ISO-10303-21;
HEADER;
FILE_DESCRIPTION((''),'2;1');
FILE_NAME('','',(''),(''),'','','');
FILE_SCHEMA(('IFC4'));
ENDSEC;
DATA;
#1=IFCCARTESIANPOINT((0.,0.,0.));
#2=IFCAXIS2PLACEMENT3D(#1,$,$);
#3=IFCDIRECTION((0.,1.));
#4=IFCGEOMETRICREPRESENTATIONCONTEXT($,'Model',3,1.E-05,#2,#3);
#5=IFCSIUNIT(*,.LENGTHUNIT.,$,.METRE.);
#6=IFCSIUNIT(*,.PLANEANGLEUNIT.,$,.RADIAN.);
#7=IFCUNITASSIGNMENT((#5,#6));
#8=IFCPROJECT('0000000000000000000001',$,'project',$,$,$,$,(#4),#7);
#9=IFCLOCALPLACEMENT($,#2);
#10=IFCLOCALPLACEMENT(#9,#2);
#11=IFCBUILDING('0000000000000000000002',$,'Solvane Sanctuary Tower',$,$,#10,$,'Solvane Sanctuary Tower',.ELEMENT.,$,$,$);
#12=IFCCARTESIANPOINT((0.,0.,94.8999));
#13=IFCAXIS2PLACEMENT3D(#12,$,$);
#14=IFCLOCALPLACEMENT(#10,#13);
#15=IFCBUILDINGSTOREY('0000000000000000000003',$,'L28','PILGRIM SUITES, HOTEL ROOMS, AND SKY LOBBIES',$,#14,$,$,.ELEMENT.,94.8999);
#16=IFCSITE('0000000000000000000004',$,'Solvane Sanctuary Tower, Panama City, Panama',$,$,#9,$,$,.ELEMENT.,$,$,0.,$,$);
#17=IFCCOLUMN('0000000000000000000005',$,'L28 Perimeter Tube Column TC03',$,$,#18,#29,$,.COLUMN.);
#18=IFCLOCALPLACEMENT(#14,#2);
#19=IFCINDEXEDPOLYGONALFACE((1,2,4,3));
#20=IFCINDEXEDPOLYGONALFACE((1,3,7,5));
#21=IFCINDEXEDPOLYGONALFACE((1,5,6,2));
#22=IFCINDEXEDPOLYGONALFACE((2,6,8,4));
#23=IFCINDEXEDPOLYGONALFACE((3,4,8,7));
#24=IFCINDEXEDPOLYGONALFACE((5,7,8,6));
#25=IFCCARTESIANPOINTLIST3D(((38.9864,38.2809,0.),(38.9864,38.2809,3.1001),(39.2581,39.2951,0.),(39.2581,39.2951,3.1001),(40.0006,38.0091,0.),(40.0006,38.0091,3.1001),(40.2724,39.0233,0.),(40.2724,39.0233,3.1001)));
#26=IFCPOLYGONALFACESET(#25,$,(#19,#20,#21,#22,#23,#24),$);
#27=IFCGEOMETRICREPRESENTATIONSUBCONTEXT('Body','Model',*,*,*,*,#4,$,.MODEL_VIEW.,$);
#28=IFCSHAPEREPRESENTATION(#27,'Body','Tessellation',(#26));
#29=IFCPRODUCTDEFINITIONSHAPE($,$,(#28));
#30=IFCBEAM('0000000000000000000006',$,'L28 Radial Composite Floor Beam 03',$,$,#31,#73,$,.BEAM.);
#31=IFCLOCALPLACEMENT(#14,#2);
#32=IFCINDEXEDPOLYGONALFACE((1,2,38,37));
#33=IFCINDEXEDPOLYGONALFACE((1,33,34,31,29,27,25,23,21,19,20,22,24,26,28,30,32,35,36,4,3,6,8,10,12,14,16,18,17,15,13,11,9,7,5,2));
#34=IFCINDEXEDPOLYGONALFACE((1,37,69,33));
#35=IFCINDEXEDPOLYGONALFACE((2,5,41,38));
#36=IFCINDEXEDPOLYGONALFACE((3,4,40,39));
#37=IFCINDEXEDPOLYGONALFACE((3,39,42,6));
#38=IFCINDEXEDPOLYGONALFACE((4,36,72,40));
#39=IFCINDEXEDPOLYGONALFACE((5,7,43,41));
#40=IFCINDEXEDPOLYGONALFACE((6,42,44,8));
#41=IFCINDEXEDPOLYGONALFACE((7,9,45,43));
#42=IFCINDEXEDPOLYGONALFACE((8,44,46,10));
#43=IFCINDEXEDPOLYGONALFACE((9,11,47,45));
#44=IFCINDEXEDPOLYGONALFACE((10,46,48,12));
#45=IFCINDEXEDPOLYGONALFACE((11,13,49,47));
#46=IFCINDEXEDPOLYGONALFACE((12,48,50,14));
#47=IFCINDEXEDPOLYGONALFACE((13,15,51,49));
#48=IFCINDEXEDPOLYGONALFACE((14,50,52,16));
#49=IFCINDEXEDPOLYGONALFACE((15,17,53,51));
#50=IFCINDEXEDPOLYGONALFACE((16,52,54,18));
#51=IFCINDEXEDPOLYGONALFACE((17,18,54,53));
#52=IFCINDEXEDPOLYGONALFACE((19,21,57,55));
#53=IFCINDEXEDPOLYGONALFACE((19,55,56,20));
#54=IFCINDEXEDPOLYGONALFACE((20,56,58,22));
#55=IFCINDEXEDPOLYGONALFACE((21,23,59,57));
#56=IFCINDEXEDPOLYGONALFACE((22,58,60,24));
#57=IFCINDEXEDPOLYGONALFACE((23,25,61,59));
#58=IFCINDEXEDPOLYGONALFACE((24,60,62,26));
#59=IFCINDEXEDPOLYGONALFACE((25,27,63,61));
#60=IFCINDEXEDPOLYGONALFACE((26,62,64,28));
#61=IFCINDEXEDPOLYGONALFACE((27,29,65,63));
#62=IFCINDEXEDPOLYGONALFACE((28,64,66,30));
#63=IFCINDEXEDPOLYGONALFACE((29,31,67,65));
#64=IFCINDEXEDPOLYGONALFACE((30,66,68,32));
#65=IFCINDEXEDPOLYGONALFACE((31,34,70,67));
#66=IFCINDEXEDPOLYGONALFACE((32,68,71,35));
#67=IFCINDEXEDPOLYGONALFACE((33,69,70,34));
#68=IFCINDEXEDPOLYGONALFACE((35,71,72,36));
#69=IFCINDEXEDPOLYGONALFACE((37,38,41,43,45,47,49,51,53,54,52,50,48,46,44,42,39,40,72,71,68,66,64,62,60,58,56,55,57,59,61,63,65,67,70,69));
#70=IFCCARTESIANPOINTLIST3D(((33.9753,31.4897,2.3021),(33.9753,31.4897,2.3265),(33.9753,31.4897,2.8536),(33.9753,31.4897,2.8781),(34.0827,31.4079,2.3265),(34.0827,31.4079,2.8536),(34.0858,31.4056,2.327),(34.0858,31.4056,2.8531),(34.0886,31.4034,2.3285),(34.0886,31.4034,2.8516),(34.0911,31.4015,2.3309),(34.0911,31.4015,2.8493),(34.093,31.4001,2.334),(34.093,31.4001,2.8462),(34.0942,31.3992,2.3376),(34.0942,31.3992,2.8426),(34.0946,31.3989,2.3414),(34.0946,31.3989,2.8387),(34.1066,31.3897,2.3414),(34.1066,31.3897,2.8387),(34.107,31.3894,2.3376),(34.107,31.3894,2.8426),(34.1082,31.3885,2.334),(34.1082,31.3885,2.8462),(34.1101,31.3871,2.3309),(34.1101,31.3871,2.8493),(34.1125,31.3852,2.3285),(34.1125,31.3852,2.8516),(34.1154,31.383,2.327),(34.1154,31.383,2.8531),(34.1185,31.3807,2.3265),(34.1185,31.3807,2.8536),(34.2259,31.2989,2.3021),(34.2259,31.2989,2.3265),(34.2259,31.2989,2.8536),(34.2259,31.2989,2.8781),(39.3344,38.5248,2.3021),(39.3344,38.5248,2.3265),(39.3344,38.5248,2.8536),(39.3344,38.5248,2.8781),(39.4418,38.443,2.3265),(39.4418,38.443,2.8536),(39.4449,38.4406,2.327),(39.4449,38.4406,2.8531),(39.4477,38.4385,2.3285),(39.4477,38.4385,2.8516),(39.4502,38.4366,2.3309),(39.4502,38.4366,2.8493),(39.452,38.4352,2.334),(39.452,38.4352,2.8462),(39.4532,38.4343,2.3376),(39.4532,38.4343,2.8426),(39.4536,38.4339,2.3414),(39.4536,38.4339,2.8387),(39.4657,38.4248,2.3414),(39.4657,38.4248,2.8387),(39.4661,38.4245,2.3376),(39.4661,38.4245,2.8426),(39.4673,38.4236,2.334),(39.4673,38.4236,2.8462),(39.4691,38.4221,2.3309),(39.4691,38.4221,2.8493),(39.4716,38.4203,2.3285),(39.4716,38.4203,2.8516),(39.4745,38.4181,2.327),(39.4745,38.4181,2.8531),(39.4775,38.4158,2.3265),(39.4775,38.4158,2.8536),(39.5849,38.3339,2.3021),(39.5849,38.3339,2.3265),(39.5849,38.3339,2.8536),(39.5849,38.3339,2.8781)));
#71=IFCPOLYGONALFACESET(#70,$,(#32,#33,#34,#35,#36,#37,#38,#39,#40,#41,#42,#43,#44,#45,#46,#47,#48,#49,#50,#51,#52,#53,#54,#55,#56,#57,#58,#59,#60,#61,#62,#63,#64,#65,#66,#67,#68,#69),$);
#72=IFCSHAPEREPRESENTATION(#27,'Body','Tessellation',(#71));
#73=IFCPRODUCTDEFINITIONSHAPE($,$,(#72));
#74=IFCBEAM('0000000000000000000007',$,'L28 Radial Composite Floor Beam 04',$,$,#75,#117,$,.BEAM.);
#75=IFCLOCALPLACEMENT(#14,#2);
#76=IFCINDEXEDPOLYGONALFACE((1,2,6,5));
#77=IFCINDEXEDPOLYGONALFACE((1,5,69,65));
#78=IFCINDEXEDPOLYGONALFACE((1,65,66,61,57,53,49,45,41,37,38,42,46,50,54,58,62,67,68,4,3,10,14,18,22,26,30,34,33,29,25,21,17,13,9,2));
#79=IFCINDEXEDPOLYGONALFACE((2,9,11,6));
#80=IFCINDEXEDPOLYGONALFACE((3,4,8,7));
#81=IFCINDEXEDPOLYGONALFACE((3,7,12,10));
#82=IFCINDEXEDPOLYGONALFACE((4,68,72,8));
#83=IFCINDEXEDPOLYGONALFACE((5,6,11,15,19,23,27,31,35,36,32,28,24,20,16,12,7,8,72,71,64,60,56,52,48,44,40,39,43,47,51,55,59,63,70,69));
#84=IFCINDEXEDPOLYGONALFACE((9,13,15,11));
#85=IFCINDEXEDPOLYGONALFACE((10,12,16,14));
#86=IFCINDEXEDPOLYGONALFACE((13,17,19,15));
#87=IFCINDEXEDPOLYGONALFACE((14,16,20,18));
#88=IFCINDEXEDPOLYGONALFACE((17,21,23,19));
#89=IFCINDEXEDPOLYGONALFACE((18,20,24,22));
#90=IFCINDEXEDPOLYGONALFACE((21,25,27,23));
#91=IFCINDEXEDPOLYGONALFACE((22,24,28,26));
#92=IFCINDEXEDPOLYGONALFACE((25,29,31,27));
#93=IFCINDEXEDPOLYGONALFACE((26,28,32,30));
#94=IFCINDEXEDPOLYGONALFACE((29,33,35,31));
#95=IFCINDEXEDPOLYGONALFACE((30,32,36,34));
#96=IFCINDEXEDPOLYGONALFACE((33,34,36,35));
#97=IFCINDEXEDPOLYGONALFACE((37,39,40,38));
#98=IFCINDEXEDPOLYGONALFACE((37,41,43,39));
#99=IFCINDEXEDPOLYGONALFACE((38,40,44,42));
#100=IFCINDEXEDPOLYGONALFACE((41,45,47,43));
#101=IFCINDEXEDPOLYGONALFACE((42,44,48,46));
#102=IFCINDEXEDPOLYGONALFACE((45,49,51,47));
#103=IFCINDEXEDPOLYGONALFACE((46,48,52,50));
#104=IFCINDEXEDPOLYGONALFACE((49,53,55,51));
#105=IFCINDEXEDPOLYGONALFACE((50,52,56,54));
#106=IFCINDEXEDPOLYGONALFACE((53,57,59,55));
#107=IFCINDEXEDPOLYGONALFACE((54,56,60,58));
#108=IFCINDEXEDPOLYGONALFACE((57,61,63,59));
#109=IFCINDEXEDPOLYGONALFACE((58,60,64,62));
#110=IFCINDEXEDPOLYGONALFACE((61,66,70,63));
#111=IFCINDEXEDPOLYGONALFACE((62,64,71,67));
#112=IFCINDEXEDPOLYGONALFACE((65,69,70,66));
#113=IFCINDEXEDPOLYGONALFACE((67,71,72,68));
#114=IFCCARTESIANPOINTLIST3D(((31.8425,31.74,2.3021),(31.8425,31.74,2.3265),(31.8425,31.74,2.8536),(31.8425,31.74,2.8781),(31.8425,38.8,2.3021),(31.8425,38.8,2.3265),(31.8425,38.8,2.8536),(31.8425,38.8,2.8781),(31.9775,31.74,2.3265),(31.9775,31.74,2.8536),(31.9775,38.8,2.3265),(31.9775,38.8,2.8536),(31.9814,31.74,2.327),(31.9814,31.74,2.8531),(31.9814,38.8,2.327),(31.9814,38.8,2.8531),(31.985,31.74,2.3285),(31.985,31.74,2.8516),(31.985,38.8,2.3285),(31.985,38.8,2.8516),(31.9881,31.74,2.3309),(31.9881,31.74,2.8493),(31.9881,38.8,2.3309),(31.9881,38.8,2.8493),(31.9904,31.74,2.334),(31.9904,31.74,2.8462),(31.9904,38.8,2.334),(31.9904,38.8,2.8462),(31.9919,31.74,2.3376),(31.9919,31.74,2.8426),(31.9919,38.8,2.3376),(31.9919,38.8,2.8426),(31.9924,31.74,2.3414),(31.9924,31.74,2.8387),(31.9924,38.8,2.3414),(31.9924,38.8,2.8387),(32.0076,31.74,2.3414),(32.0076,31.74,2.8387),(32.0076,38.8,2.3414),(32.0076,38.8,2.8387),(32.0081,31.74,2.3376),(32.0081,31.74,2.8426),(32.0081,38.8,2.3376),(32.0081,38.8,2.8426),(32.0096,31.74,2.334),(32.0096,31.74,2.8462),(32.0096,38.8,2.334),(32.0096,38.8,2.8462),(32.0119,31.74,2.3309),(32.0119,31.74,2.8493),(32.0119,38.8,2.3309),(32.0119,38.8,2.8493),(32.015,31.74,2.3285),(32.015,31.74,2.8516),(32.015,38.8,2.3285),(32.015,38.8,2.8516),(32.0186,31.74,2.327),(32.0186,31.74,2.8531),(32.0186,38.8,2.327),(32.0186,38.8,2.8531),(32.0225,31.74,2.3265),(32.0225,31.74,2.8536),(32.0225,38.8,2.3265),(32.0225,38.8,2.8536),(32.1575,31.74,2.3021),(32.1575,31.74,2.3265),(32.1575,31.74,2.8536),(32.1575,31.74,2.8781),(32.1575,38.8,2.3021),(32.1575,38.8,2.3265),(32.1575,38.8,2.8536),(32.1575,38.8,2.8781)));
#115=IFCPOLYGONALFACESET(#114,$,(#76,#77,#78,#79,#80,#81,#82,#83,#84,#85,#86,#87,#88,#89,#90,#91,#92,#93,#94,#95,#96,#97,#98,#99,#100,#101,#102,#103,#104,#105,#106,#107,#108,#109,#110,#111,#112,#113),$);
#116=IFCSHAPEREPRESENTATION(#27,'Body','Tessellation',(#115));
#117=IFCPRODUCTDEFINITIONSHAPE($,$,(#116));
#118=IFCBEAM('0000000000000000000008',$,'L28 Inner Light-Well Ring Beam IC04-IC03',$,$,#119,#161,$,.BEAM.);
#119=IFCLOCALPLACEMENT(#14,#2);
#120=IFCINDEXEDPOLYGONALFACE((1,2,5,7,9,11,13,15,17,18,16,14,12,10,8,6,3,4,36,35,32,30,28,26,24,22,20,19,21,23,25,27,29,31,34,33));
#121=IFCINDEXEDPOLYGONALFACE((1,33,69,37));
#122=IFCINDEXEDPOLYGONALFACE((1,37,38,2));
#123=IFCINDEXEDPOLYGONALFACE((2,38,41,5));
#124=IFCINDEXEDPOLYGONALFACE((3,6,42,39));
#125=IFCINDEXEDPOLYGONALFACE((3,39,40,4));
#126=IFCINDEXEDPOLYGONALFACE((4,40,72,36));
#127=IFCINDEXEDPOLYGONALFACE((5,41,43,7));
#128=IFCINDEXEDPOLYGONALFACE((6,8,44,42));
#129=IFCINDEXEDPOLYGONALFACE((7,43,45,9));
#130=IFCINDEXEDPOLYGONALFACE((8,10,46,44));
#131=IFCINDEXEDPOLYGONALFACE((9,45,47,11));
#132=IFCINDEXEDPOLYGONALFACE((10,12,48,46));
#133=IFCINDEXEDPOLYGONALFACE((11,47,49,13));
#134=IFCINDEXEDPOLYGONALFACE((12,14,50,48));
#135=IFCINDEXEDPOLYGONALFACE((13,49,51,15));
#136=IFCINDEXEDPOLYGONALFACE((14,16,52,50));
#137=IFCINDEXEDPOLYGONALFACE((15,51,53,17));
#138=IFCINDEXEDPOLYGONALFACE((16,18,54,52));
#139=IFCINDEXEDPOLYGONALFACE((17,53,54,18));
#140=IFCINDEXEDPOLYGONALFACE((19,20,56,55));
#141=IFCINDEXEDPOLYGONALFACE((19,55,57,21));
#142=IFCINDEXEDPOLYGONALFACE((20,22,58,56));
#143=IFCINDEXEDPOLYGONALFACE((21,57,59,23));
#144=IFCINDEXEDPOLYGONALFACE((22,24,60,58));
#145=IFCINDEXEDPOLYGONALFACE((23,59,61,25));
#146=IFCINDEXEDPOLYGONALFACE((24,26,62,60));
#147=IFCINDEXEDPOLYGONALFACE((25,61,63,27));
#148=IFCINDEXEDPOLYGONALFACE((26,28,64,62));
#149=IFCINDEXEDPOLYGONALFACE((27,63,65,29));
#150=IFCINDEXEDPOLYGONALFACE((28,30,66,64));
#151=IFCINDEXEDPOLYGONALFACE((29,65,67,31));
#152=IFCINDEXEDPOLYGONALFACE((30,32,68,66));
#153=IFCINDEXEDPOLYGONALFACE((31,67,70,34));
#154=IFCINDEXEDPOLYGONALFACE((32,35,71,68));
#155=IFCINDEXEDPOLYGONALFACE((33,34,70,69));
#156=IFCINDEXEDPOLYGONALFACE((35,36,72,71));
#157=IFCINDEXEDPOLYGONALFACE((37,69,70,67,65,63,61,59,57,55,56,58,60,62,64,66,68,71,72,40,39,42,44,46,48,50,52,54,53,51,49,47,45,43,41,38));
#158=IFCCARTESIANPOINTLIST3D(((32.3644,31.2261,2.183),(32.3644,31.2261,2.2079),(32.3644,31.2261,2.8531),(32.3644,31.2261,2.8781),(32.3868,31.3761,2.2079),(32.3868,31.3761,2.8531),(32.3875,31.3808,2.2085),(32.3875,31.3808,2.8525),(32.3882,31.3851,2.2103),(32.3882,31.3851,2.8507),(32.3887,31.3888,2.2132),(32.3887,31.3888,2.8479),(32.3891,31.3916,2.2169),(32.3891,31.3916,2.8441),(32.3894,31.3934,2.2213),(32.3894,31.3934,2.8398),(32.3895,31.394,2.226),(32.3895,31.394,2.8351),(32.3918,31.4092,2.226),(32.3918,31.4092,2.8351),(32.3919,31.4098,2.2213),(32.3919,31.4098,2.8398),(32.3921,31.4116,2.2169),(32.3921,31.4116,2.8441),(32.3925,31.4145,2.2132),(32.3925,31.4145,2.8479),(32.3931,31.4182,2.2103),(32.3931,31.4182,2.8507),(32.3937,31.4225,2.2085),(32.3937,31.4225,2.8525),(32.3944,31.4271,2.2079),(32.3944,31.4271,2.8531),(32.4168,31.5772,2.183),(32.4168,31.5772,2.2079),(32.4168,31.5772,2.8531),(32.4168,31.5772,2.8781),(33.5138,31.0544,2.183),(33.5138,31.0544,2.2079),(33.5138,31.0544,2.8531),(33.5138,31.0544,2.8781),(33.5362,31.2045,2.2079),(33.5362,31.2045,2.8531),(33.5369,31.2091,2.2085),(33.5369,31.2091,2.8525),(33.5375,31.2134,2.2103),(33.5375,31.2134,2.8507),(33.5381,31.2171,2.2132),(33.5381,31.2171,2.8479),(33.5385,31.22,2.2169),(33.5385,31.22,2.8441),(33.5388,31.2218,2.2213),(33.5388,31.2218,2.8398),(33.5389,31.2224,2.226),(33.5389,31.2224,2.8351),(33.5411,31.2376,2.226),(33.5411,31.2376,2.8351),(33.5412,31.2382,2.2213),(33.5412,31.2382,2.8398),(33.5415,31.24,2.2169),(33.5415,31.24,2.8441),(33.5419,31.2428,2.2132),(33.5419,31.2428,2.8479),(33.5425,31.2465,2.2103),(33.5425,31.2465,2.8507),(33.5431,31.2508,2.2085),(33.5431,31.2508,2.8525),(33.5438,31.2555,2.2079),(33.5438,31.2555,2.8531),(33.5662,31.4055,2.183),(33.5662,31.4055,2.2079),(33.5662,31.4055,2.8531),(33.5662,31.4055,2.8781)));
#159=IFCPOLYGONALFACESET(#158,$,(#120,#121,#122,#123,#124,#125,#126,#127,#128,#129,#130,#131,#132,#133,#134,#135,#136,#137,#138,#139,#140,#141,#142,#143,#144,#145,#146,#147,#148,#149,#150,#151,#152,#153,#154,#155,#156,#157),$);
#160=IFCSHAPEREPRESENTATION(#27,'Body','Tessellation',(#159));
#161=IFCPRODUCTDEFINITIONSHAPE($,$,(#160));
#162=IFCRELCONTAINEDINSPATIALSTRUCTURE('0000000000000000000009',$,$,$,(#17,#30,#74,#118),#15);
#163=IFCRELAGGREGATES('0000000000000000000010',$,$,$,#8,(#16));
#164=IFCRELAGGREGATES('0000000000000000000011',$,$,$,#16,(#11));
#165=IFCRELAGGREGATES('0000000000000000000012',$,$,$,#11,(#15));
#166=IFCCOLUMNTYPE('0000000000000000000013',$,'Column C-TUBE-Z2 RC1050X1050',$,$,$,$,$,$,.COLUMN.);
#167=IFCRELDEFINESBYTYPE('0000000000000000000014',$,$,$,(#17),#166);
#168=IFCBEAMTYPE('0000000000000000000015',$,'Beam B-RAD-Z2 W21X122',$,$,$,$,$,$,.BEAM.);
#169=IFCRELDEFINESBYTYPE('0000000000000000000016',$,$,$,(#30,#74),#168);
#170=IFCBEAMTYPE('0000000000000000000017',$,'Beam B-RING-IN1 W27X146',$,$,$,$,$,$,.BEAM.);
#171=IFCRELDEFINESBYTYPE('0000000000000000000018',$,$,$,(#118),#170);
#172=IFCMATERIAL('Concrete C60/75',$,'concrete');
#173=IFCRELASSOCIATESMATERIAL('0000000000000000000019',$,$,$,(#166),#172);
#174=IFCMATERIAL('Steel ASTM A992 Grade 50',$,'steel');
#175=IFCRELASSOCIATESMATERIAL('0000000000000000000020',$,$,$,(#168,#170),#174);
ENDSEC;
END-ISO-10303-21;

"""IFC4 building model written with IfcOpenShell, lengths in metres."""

from ifc_helpers import new_model, si_unit, direction, frame, origin, origin_2d, place, context, subcontext, project, spatial, rectangle, i_section, extrude, material, material_profile, profile_set, type_object, element, save


model = new_model("IFC4")

# Units and contexts
model_context = context("Model", 3, precision=1e-05, world=origin(), true_north=direction((0.0, 1.0)))
body_context = subcontext(model_context, "Body", "Model", "MODEL_VIEW")
ifc_project = project(units=[si_unit("LENGTHUNIT", "METRE"), si_unit("PLANEANGLEUNIT", "RADIAN")], contexts=[model_context])

# Site, building, storey
site_placement = place(None, origin())
site = spatial("IfcSite", under=ifc_project, at=site_placement, Name="Solvane Sanctuary Tower, Panama City, Panama", CompositionType="ELEMENT", RefElevation=0.0)
building_placement = place(site_placement, origin())
building = spatial("IfcBuilding", under=site, at=building_placement, Name="Solvane Sanctuary Tower", LongName="Solvane Sanctuary Tower", CompositionType="ELEMENT")
storey_placement = place(building_placement, frame((0.0, 0.0, 94.8999)))
storey = spatial("IfcBuildingStorey", under=building, at=storey_placement, Name="L28", Description="PILGRIM SUITES, HOTEL ROOMS, AND SKY LOBBIES", CompositionType="ELEMENT", Elevation=94.8999)

# Column
ifc_material_1 = material(Name="Concrete C60/75", Category="concrete")
ifc_material_profile_1 = material_profile(ifc_material_1, rectangle(XDim=1.05, YDim=1.05, at=origin_2d()), Name="RC1050X1050")
ifc_profile_set_1 = profile_set([ifc_material_profile_1], Name="Concrete C60/75")
column_type = type_object("IfcColumnType", Name="Column C-TUBE-Z2 RC1050X1050", PredefinedType="COLUMN", material=ifc_profile_set_1)
column_placement = place(storey_placement, frame((39.6294, 38.6521, 0.0), z_axis=(0.0, 0.0, 1.0), x_axis=(0.258819, 0.965926, 0.0)))
element("IfcColumn", 1, at=column_placement, inside=storey, type_object=column_type, Name="L28 Perimeter Tube Column TC03", PredefinedType="COLUMN", context=body_context, shape_type="SweptSolid", body=[
    extrude(rectangle(XDim=1.05, YDim=1.05, at=origin_2d()), origin(), (0.0, 0.0, 1.0), 3.1001),
])

# Beams
ifc_material_2 = material(Name="Steel ASTM A992 Grade 50", Category="steel")
ifc_material_profile_2 = material_profile(ifc_material_2, i_section(OverallWidth=0.3149, OverallDepth=0.5759, WebThickness=0.0151, FlangeThickness=0.0244, FilletRadius=0.0149, at=origin_2d()), Name="W21X122")
ifc_profile_set_2 = profile_set([ifc_material_profile_2], Name="Steel ASTM A992 Grade 50")
beam_type_1 = type_object("IfcBeamType", Name="Beam B-RAD-Z2 W21X122", PredefinedType="BEAM", material=ifc_profile_set_2)
beam_1_placement = place(storey_placement, frame((34.1006, 31.3943, 2.5901), z_axis=(0.605973, 0.795486, 0.0), x_axis=(-0.795486, 0.605973, 0.0)))
element("IfcBeam", 2, at=beam_1_placement, inside=storey, type_object=beam_type_1, Name="L28 Radial Composite Floor Beam 03", PredefinedType="BEAM", context=body_context, shape_type="SweptSolid", body=[
    extrude(i_section(OverallWidth=0.3149, OverallDepth=0.5759, WebThickness=0.0151, FlangeThickness=0.0244, FilletRadius=0.0149, at=origin_2d()), origin(), (0.0, 0.0, 1.0), 8.8438),
])
beam_2_placement = place(storey_placement, frame((32.0, 31.74, 2.5901), z_axis=(0.0, 1.0, 0.0), x_axis=(-1.0, 0.0, 0.0)))
element("IfcBeam", 3, at=beam_2_placement, inside=storey, type_object=beam_type_1, Name="L28 Radial Composite Floor Beam 04", PredefinedType="BEAM", context=body_context, shape_type="SweptSolid", body=[
    extrude(i_section(OverallWidth=0.3149, OverallDepth=0.5759, WebThickness=0.0151, FlangeThickness=0.0244, FilletRadius=0.0149, at=origin_2d()), origin(), (0.0, 0.0, 1.0), 7.0601),
])
ifc_material_profile_3 = material_profile(ifc_material_2, i_section(OverallWidth=0.355, OverallDepth=0.6951, WebThickness=0.0154, FlangeThickness=0.0249, FilletRadius=0.0181, at=origin_2d()), Name="W27X146")
ifc_profile_set_3 = profile_set([ifc_material_profile_3], Name="Steel ASTM A992 Grade 50")
beam_type_2 = type_object("IfcBeamType", Name="Beam B-RING-IN1 W27X146", PredefinedType="BEAM", material=ifc_profile_set_3)
beam_3_placement = place(storey_placement, frame((32.3906, 31.4016, 2.5305), z_axis=(0.989035, -0.147683, 0.0), x_axis=(0.147683, 0.989035, 0.0)))
element("IfcBeam", 4, at=beam_3_placement, inside=storey, type_object=beam_type_2, Name="L28 Inner Light-Well Ring Beam IC04-IC03", PredefinedType="BEAM", context=body_context, shape_type="SweptSolid", body=[
    extrude(i_section(OverallWidth=0.355, OverallDepth=0.6951, WebThickness=0.0154, FlangeThickness=0.0249, FilletRadius=0.0181, at=origin_2d()), origin(), (0.0, 0.0, 1.0), 1.1621),
])

save(model, "model.ifc")
